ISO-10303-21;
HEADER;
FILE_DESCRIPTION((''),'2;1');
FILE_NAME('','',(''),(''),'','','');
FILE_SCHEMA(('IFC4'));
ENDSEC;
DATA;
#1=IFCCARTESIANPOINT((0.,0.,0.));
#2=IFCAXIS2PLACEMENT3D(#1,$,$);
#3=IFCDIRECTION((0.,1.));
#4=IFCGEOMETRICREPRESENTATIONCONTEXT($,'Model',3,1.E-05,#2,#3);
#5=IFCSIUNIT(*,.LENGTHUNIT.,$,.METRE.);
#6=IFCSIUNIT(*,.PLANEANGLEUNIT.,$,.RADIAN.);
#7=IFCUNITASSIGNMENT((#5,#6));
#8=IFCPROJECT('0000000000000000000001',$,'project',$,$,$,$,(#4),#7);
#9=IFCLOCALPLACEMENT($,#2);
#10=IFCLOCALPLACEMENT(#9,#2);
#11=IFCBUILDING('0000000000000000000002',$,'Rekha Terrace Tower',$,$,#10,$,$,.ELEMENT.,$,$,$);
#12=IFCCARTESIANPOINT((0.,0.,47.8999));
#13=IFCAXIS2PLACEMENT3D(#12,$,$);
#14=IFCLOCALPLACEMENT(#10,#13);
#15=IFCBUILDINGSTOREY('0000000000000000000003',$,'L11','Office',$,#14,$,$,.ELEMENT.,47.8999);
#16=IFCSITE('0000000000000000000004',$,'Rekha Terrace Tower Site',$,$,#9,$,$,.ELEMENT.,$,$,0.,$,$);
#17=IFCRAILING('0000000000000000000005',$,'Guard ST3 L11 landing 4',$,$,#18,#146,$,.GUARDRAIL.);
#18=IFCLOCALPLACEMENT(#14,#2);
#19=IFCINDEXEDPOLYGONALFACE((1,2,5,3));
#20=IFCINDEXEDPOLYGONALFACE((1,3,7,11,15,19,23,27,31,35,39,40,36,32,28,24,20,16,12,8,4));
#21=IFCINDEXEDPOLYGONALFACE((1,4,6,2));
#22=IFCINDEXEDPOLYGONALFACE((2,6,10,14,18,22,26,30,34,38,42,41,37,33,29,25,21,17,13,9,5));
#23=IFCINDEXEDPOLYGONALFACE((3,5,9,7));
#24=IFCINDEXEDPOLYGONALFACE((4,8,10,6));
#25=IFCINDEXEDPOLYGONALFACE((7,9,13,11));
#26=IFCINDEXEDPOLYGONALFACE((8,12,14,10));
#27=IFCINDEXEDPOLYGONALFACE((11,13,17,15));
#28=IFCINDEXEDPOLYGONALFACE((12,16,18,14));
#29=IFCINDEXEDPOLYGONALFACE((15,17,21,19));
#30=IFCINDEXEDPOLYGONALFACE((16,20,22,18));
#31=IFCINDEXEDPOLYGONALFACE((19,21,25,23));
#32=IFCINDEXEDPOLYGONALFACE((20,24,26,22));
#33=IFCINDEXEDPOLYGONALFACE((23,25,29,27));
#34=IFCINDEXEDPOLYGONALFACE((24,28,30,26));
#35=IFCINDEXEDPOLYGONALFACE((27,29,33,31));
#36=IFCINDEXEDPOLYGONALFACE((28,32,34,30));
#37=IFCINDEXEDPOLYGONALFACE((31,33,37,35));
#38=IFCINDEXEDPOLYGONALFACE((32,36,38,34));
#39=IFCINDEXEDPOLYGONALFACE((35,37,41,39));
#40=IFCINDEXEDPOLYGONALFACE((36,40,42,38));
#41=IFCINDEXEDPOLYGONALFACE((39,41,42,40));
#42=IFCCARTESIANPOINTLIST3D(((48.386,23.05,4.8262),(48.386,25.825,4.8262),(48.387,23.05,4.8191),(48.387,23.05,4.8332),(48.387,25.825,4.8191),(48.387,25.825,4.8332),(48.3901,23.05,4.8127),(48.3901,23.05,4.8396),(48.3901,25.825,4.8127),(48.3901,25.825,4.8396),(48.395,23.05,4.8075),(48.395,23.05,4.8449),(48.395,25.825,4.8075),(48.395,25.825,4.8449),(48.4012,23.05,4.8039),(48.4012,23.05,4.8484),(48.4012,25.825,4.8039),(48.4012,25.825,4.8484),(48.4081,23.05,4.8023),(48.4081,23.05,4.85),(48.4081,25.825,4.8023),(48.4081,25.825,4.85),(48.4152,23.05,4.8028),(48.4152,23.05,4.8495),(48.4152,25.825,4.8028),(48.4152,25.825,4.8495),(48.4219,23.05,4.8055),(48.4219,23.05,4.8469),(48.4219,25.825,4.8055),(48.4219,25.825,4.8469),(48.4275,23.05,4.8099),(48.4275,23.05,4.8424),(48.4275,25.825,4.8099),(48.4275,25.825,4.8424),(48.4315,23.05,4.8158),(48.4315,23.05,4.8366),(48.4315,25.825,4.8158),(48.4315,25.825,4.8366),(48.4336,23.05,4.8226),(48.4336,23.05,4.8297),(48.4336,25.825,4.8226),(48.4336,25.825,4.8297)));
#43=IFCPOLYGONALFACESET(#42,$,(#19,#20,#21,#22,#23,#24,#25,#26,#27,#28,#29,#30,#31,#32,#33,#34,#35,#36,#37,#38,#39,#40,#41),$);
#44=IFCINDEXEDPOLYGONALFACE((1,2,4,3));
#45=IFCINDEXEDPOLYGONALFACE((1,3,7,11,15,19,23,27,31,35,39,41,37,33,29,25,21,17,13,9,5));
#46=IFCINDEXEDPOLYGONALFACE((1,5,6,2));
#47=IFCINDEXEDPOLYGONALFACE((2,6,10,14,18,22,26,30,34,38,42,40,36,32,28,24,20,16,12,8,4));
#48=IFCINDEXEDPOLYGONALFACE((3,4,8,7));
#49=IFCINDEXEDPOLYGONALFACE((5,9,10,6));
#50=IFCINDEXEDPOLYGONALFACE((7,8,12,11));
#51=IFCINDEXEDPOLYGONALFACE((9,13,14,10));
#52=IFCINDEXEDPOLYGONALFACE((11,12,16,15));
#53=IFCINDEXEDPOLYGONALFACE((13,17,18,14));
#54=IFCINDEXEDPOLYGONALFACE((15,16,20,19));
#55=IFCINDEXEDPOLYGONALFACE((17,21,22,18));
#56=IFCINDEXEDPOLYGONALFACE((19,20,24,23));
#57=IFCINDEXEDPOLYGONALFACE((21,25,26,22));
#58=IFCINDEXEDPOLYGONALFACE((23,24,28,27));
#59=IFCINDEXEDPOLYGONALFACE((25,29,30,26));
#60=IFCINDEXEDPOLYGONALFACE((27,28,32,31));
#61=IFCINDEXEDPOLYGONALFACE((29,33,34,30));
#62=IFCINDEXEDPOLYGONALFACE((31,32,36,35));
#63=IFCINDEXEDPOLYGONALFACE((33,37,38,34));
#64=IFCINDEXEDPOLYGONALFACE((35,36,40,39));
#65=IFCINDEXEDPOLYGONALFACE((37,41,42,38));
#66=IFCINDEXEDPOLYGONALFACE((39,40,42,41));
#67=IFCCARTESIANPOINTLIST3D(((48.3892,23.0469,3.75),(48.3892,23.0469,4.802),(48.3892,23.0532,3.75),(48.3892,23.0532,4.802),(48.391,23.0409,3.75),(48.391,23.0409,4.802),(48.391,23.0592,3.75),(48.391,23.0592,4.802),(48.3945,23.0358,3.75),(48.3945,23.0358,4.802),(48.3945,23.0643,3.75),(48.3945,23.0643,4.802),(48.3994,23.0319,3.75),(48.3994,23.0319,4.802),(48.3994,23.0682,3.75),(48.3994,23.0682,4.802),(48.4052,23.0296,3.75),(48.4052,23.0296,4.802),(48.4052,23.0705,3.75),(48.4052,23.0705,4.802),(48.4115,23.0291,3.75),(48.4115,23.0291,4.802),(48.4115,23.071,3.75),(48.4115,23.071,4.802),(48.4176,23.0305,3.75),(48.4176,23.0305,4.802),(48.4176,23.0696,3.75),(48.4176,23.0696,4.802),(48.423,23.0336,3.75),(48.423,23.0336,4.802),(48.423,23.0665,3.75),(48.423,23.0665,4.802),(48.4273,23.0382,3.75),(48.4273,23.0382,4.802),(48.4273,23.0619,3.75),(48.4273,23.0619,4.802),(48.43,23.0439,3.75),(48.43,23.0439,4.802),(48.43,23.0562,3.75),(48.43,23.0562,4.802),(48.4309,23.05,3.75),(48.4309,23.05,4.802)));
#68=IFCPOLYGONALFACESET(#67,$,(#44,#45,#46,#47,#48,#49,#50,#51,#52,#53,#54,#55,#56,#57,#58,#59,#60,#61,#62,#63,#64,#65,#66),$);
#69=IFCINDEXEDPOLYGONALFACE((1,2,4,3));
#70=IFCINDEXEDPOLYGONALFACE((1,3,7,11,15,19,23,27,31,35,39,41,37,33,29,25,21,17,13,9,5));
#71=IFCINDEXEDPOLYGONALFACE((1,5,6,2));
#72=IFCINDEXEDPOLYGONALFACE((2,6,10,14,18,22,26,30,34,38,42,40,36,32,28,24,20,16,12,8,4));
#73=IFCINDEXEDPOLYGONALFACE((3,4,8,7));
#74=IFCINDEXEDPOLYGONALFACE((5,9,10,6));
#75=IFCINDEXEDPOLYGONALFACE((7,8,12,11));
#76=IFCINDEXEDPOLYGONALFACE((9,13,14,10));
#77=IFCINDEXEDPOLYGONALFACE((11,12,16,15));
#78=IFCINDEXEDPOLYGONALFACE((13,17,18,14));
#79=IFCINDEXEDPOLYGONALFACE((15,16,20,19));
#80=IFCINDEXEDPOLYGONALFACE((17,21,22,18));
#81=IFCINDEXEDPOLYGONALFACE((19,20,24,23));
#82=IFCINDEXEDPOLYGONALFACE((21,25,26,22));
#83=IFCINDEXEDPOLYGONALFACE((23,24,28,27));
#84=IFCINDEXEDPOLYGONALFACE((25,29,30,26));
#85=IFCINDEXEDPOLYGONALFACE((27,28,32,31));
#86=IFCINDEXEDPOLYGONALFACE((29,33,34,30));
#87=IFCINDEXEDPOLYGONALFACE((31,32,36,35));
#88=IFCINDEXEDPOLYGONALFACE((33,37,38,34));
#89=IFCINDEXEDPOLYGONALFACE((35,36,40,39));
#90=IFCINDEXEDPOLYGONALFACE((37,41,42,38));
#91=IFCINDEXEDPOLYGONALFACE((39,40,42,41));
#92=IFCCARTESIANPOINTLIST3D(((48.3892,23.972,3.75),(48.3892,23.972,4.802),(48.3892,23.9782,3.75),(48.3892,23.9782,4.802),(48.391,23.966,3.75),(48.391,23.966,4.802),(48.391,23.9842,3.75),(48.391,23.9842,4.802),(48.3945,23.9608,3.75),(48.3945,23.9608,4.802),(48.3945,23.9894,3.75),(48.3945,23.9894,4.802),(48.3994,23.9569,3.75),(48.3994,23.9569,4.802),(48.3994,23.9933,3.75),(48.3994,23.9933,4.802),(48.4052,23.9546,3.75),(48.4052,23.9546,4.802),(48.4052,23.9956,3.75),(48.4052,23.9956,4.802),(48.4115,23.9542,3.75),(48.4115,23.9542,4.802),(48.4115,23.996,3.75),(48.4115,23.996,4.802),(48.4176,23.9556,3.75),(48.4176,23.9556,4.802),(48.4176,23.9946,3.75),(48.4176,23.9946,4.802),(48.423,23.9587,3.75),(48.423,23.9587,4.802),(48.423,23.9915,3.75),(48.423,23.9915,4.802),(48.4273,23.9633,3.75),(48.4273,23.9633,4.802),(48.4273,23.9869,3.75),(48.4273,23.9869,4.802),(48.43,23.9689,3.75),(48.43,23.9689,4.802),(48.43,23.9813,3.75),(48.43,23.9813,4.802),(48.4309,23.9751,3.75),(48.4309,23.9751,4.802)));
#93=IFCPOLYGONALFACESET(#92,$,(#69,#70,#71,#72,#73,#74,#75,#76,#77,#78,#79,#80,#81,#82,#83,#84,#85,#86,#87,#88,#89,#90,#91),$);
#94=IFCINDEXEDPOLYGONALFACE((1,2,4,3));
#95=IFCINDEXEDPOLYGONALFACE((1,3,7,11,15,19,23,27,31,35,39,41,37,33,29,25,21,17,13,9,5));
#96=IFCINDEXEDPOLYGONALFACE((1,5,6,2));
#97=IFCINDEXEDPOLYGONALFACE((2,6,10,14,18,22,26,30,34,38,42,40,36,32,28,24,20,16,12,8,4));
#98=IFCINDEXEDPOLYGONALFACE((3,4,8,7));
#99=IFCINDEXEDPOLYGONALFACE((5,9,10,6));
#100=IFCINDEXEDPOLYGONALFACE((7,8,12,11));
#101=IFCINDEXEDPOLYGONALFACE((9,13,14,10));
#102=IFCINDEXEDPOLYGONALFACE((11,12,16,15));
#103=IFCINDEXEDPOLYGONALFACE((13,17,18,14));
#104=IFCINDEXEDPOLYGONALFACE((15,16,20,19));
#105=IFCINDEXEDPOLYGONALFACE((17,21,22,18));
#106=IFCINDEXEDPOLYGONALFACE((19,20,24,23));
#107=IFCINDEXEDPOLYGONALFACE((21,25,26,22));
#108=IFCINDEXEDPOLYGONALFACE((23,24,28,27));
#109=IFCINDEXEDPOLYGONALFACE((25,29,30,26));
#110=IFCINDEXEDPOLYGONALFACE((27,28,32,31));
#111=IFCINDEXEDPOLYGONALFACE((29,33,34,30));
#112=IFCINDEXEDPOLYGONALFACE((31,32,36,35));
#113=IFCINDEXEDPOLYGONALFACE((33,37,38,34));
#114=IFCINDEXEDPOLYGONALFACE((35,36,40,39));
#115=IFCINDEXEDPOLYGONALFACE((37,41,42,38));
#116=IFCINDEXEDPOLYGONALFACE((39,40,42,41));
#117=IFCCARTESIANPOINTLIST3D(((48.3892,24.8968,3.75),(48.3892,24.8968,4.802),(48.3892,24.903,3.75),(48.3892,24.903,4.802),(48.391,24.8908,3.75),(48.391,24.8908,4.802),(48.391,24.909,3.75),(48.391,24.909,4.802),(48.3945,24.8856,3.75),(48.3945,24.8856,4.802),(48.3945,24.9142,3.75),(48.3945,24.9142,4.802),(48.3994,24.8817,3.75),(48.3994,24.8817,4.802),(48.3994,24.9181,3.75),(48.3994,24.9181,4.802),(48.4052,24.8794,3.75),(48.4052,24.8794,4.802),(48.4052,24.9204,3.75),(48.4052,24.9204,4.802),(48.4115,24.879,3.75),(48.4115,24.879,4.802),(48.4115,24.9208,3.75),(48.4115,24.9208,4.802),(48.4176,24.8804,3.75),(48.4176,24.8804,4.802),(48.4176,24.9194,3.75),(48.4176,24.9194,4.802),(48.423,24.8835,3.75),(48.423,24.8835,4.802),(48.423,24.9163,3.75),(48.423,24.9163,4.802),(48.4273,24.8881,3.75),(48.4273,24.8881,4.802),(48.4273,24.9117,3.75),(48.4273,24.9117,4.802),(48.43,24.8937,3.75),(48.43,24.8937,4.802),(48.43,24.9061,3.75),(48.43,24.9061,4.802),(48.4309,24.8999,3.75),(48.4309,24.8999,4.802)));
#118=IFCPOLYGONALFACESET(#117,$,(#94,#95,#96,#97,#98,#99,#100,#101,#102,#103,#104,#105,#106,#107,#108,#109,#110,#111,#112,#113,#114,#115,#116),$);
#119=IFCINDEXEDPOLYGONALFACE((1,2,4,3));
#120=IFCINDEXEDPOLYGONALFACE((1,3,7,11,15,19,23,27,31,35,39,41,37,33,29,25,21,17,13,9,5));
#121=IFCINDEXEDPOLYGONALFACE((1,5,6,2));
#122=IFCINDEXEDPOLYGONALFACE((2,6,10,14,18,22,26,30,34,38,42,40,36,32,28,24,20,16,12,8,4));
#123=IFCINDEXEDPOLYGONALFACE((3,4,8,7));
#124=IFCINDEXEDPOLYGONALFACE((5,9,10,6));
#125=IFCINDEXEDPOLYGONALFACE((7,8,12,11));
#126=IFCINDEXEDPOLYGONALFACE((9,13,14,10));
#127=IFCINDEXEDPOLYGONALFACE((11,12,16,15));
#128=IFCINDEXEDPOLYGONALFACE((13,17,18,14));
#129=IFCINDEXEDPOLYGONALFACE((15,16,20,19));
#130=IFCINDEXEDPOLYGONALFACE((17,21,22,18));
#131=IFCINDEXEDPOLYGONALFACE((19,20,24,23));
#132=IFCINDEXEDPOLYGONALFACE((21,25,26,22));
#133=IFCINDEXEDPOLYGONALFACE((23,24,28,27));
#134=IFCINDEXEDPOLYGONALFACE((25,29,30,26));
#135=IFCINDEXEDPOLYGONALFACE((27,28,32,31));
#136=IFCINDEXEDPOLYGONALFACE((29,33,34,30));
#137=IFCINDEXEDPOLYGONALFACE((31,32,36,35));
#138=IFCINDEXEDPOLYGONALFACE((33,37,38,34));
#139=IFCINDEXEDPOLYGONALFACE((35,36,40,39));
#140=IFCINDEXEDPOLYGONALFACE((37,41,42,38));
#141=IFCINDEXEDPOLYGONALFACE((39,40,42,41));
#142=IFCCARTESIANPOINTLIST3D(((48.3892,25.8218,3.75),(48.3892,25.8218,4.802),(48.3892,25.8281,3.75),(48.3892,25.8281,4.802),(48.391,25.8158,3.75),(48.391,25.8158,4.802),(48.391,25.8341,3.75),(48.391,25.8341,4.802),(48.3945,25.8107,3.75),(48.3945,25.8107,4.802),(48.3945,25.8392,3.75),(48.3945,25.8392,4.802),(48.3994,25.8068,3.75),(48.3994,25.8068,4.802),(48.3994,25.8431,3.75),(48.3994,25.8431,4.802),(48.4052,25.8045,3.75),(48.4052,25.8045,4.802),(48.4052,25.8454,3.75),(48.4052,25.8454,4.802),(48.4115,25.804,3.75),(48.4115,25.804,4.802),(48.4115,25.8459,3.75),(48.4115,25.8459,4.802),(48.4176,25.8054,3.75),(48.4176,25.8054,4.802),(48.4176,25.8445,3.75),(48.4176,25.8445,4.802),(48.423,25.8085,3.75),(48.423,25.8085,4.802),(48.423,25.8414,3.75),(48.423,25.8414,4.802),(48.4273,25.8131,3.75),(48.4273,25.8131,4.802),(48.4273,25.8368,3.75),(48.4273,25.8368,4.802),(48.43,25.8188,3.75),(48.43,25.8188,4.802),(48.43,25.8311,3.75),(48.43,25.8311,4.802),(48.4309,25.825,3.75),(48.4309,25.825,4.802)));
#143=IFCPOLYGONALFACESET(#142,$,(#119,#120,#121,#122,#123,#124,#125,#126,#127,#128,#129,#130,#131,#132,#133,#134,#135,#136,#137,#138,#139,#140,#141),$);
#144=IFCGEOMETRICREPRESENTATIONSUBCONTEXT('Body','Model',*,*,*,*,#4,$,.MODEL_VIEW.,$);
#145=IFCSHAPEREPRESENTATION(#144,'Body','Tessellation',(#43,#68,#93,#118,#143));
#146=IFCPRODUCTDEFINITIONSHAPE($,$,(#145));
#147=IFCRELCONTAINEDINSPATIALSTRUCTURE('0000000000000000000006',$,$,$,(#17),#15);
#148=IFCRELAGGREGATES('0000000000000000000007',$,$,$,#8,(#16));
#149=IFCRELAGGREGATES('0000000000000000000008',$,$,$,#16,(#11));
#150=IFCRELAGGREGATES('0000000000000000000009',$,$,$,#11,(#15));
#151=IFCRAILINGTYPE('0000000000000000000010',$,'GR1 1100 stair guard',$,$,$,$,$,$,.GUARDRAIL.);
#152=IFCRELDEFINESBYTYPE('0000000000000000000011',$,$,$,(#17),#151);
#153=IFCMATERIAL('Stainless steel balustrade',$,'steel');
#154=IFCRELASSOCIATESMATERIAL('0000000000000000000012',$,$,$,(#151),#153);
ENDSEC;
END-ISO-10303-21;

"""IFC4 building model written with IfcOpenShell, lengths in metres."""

from ifc_helpers import new_model, si_unit, direction, frame, origin, origin_2d, place, context, subcontext, project, spatial, circle, extrude, material, type_object, element, save


model = new_model("IFC4")

# Units and contexts
model_context = context("Model", 3, precision=1e-05, world=origin(), true_north=direction((0.0, 1.0)))
body_context = subcontext(model_context, "Body", "Model", "MODEL_VIEW")
ifc_project = project(units=[si_unit("LENGTHUNIT", "METRE"), si_unit("PLANEANGLEUNIT", "RADIAN")], contexts=[model_context])

# Site, building, storey
site_placement = place(None, origin())
site = spatial("IfcSite", under=ifc_project, at=site_placement, Name="Rekha Terrace Tower Site", CompositionType="ELEMENT", RefElevation=0.0)
building_placement = place(site_placement, origin())
building = spatial("IfcBuilding", under=site, at=building_placement, Name="Rekha Terrace Tower", CompositionType="ELEMENT")
storey_placement = place(building_placement, frame((0.0, 0.0, 47.8999)))
storey = spatial("IfcBuildingStorey", under=building, at=storey_placement, Name="L11", Description="Office", CompositionType="ELEMENT", Elevation=47.8999)

# Railing
ifc_material_1 = material(Name="Stainless steel balustrade", Category="steel")
railing_type_1 = type_object("IfcRailingType", Name="GR1 1100 stair guard", PredefinedType="GUARDRAIL", material=ifc_material_1)
railing_1_placement = place(storey_placement, frame((48.4099, 23.05, 3.75)))
element("IfcRailing", 1, at=railing_1_placement, inside=storey, type_object=railing_type_1, Name="Guard ST3 L11 landing 4", PredefinedType="GUARDRAIL", context=body_context, shape_type="SweptSolid", body=[
    extrude(circle(Radius=0.0239, at=origin_2d()), frame((0.0, 0.0, 1.0762), z_axis=(0.0, 1.0, 0.0), x_axis=(-1.0, 0.0, 0.0)), (0.0, 0.0, 1.0), 2.7749),
    extrude(circle(Radius=0.021, at=origin_2d()), origin(), (0.0, 0.0, 1.0), 1.052),
    extrude(circle(Radius=0.021, at=origin_2d()), frame((0.0, 0.925, 0.0)), (0.0, 0.0, 1.0), 1.052),
    extrude(circle(Radius=0.021, at=origin_2d()), frame((0.0, 1.8499, 0.0)), (0.0, 0.0, 1.0), 1.052),
    extrude(circle(Radius=0.021, at=origin_2d()), frame((0.0, 2.7749, 0.0)), (0.0, 0.0, 1.0), 1.052),
])

save(model, "model.ifc")
